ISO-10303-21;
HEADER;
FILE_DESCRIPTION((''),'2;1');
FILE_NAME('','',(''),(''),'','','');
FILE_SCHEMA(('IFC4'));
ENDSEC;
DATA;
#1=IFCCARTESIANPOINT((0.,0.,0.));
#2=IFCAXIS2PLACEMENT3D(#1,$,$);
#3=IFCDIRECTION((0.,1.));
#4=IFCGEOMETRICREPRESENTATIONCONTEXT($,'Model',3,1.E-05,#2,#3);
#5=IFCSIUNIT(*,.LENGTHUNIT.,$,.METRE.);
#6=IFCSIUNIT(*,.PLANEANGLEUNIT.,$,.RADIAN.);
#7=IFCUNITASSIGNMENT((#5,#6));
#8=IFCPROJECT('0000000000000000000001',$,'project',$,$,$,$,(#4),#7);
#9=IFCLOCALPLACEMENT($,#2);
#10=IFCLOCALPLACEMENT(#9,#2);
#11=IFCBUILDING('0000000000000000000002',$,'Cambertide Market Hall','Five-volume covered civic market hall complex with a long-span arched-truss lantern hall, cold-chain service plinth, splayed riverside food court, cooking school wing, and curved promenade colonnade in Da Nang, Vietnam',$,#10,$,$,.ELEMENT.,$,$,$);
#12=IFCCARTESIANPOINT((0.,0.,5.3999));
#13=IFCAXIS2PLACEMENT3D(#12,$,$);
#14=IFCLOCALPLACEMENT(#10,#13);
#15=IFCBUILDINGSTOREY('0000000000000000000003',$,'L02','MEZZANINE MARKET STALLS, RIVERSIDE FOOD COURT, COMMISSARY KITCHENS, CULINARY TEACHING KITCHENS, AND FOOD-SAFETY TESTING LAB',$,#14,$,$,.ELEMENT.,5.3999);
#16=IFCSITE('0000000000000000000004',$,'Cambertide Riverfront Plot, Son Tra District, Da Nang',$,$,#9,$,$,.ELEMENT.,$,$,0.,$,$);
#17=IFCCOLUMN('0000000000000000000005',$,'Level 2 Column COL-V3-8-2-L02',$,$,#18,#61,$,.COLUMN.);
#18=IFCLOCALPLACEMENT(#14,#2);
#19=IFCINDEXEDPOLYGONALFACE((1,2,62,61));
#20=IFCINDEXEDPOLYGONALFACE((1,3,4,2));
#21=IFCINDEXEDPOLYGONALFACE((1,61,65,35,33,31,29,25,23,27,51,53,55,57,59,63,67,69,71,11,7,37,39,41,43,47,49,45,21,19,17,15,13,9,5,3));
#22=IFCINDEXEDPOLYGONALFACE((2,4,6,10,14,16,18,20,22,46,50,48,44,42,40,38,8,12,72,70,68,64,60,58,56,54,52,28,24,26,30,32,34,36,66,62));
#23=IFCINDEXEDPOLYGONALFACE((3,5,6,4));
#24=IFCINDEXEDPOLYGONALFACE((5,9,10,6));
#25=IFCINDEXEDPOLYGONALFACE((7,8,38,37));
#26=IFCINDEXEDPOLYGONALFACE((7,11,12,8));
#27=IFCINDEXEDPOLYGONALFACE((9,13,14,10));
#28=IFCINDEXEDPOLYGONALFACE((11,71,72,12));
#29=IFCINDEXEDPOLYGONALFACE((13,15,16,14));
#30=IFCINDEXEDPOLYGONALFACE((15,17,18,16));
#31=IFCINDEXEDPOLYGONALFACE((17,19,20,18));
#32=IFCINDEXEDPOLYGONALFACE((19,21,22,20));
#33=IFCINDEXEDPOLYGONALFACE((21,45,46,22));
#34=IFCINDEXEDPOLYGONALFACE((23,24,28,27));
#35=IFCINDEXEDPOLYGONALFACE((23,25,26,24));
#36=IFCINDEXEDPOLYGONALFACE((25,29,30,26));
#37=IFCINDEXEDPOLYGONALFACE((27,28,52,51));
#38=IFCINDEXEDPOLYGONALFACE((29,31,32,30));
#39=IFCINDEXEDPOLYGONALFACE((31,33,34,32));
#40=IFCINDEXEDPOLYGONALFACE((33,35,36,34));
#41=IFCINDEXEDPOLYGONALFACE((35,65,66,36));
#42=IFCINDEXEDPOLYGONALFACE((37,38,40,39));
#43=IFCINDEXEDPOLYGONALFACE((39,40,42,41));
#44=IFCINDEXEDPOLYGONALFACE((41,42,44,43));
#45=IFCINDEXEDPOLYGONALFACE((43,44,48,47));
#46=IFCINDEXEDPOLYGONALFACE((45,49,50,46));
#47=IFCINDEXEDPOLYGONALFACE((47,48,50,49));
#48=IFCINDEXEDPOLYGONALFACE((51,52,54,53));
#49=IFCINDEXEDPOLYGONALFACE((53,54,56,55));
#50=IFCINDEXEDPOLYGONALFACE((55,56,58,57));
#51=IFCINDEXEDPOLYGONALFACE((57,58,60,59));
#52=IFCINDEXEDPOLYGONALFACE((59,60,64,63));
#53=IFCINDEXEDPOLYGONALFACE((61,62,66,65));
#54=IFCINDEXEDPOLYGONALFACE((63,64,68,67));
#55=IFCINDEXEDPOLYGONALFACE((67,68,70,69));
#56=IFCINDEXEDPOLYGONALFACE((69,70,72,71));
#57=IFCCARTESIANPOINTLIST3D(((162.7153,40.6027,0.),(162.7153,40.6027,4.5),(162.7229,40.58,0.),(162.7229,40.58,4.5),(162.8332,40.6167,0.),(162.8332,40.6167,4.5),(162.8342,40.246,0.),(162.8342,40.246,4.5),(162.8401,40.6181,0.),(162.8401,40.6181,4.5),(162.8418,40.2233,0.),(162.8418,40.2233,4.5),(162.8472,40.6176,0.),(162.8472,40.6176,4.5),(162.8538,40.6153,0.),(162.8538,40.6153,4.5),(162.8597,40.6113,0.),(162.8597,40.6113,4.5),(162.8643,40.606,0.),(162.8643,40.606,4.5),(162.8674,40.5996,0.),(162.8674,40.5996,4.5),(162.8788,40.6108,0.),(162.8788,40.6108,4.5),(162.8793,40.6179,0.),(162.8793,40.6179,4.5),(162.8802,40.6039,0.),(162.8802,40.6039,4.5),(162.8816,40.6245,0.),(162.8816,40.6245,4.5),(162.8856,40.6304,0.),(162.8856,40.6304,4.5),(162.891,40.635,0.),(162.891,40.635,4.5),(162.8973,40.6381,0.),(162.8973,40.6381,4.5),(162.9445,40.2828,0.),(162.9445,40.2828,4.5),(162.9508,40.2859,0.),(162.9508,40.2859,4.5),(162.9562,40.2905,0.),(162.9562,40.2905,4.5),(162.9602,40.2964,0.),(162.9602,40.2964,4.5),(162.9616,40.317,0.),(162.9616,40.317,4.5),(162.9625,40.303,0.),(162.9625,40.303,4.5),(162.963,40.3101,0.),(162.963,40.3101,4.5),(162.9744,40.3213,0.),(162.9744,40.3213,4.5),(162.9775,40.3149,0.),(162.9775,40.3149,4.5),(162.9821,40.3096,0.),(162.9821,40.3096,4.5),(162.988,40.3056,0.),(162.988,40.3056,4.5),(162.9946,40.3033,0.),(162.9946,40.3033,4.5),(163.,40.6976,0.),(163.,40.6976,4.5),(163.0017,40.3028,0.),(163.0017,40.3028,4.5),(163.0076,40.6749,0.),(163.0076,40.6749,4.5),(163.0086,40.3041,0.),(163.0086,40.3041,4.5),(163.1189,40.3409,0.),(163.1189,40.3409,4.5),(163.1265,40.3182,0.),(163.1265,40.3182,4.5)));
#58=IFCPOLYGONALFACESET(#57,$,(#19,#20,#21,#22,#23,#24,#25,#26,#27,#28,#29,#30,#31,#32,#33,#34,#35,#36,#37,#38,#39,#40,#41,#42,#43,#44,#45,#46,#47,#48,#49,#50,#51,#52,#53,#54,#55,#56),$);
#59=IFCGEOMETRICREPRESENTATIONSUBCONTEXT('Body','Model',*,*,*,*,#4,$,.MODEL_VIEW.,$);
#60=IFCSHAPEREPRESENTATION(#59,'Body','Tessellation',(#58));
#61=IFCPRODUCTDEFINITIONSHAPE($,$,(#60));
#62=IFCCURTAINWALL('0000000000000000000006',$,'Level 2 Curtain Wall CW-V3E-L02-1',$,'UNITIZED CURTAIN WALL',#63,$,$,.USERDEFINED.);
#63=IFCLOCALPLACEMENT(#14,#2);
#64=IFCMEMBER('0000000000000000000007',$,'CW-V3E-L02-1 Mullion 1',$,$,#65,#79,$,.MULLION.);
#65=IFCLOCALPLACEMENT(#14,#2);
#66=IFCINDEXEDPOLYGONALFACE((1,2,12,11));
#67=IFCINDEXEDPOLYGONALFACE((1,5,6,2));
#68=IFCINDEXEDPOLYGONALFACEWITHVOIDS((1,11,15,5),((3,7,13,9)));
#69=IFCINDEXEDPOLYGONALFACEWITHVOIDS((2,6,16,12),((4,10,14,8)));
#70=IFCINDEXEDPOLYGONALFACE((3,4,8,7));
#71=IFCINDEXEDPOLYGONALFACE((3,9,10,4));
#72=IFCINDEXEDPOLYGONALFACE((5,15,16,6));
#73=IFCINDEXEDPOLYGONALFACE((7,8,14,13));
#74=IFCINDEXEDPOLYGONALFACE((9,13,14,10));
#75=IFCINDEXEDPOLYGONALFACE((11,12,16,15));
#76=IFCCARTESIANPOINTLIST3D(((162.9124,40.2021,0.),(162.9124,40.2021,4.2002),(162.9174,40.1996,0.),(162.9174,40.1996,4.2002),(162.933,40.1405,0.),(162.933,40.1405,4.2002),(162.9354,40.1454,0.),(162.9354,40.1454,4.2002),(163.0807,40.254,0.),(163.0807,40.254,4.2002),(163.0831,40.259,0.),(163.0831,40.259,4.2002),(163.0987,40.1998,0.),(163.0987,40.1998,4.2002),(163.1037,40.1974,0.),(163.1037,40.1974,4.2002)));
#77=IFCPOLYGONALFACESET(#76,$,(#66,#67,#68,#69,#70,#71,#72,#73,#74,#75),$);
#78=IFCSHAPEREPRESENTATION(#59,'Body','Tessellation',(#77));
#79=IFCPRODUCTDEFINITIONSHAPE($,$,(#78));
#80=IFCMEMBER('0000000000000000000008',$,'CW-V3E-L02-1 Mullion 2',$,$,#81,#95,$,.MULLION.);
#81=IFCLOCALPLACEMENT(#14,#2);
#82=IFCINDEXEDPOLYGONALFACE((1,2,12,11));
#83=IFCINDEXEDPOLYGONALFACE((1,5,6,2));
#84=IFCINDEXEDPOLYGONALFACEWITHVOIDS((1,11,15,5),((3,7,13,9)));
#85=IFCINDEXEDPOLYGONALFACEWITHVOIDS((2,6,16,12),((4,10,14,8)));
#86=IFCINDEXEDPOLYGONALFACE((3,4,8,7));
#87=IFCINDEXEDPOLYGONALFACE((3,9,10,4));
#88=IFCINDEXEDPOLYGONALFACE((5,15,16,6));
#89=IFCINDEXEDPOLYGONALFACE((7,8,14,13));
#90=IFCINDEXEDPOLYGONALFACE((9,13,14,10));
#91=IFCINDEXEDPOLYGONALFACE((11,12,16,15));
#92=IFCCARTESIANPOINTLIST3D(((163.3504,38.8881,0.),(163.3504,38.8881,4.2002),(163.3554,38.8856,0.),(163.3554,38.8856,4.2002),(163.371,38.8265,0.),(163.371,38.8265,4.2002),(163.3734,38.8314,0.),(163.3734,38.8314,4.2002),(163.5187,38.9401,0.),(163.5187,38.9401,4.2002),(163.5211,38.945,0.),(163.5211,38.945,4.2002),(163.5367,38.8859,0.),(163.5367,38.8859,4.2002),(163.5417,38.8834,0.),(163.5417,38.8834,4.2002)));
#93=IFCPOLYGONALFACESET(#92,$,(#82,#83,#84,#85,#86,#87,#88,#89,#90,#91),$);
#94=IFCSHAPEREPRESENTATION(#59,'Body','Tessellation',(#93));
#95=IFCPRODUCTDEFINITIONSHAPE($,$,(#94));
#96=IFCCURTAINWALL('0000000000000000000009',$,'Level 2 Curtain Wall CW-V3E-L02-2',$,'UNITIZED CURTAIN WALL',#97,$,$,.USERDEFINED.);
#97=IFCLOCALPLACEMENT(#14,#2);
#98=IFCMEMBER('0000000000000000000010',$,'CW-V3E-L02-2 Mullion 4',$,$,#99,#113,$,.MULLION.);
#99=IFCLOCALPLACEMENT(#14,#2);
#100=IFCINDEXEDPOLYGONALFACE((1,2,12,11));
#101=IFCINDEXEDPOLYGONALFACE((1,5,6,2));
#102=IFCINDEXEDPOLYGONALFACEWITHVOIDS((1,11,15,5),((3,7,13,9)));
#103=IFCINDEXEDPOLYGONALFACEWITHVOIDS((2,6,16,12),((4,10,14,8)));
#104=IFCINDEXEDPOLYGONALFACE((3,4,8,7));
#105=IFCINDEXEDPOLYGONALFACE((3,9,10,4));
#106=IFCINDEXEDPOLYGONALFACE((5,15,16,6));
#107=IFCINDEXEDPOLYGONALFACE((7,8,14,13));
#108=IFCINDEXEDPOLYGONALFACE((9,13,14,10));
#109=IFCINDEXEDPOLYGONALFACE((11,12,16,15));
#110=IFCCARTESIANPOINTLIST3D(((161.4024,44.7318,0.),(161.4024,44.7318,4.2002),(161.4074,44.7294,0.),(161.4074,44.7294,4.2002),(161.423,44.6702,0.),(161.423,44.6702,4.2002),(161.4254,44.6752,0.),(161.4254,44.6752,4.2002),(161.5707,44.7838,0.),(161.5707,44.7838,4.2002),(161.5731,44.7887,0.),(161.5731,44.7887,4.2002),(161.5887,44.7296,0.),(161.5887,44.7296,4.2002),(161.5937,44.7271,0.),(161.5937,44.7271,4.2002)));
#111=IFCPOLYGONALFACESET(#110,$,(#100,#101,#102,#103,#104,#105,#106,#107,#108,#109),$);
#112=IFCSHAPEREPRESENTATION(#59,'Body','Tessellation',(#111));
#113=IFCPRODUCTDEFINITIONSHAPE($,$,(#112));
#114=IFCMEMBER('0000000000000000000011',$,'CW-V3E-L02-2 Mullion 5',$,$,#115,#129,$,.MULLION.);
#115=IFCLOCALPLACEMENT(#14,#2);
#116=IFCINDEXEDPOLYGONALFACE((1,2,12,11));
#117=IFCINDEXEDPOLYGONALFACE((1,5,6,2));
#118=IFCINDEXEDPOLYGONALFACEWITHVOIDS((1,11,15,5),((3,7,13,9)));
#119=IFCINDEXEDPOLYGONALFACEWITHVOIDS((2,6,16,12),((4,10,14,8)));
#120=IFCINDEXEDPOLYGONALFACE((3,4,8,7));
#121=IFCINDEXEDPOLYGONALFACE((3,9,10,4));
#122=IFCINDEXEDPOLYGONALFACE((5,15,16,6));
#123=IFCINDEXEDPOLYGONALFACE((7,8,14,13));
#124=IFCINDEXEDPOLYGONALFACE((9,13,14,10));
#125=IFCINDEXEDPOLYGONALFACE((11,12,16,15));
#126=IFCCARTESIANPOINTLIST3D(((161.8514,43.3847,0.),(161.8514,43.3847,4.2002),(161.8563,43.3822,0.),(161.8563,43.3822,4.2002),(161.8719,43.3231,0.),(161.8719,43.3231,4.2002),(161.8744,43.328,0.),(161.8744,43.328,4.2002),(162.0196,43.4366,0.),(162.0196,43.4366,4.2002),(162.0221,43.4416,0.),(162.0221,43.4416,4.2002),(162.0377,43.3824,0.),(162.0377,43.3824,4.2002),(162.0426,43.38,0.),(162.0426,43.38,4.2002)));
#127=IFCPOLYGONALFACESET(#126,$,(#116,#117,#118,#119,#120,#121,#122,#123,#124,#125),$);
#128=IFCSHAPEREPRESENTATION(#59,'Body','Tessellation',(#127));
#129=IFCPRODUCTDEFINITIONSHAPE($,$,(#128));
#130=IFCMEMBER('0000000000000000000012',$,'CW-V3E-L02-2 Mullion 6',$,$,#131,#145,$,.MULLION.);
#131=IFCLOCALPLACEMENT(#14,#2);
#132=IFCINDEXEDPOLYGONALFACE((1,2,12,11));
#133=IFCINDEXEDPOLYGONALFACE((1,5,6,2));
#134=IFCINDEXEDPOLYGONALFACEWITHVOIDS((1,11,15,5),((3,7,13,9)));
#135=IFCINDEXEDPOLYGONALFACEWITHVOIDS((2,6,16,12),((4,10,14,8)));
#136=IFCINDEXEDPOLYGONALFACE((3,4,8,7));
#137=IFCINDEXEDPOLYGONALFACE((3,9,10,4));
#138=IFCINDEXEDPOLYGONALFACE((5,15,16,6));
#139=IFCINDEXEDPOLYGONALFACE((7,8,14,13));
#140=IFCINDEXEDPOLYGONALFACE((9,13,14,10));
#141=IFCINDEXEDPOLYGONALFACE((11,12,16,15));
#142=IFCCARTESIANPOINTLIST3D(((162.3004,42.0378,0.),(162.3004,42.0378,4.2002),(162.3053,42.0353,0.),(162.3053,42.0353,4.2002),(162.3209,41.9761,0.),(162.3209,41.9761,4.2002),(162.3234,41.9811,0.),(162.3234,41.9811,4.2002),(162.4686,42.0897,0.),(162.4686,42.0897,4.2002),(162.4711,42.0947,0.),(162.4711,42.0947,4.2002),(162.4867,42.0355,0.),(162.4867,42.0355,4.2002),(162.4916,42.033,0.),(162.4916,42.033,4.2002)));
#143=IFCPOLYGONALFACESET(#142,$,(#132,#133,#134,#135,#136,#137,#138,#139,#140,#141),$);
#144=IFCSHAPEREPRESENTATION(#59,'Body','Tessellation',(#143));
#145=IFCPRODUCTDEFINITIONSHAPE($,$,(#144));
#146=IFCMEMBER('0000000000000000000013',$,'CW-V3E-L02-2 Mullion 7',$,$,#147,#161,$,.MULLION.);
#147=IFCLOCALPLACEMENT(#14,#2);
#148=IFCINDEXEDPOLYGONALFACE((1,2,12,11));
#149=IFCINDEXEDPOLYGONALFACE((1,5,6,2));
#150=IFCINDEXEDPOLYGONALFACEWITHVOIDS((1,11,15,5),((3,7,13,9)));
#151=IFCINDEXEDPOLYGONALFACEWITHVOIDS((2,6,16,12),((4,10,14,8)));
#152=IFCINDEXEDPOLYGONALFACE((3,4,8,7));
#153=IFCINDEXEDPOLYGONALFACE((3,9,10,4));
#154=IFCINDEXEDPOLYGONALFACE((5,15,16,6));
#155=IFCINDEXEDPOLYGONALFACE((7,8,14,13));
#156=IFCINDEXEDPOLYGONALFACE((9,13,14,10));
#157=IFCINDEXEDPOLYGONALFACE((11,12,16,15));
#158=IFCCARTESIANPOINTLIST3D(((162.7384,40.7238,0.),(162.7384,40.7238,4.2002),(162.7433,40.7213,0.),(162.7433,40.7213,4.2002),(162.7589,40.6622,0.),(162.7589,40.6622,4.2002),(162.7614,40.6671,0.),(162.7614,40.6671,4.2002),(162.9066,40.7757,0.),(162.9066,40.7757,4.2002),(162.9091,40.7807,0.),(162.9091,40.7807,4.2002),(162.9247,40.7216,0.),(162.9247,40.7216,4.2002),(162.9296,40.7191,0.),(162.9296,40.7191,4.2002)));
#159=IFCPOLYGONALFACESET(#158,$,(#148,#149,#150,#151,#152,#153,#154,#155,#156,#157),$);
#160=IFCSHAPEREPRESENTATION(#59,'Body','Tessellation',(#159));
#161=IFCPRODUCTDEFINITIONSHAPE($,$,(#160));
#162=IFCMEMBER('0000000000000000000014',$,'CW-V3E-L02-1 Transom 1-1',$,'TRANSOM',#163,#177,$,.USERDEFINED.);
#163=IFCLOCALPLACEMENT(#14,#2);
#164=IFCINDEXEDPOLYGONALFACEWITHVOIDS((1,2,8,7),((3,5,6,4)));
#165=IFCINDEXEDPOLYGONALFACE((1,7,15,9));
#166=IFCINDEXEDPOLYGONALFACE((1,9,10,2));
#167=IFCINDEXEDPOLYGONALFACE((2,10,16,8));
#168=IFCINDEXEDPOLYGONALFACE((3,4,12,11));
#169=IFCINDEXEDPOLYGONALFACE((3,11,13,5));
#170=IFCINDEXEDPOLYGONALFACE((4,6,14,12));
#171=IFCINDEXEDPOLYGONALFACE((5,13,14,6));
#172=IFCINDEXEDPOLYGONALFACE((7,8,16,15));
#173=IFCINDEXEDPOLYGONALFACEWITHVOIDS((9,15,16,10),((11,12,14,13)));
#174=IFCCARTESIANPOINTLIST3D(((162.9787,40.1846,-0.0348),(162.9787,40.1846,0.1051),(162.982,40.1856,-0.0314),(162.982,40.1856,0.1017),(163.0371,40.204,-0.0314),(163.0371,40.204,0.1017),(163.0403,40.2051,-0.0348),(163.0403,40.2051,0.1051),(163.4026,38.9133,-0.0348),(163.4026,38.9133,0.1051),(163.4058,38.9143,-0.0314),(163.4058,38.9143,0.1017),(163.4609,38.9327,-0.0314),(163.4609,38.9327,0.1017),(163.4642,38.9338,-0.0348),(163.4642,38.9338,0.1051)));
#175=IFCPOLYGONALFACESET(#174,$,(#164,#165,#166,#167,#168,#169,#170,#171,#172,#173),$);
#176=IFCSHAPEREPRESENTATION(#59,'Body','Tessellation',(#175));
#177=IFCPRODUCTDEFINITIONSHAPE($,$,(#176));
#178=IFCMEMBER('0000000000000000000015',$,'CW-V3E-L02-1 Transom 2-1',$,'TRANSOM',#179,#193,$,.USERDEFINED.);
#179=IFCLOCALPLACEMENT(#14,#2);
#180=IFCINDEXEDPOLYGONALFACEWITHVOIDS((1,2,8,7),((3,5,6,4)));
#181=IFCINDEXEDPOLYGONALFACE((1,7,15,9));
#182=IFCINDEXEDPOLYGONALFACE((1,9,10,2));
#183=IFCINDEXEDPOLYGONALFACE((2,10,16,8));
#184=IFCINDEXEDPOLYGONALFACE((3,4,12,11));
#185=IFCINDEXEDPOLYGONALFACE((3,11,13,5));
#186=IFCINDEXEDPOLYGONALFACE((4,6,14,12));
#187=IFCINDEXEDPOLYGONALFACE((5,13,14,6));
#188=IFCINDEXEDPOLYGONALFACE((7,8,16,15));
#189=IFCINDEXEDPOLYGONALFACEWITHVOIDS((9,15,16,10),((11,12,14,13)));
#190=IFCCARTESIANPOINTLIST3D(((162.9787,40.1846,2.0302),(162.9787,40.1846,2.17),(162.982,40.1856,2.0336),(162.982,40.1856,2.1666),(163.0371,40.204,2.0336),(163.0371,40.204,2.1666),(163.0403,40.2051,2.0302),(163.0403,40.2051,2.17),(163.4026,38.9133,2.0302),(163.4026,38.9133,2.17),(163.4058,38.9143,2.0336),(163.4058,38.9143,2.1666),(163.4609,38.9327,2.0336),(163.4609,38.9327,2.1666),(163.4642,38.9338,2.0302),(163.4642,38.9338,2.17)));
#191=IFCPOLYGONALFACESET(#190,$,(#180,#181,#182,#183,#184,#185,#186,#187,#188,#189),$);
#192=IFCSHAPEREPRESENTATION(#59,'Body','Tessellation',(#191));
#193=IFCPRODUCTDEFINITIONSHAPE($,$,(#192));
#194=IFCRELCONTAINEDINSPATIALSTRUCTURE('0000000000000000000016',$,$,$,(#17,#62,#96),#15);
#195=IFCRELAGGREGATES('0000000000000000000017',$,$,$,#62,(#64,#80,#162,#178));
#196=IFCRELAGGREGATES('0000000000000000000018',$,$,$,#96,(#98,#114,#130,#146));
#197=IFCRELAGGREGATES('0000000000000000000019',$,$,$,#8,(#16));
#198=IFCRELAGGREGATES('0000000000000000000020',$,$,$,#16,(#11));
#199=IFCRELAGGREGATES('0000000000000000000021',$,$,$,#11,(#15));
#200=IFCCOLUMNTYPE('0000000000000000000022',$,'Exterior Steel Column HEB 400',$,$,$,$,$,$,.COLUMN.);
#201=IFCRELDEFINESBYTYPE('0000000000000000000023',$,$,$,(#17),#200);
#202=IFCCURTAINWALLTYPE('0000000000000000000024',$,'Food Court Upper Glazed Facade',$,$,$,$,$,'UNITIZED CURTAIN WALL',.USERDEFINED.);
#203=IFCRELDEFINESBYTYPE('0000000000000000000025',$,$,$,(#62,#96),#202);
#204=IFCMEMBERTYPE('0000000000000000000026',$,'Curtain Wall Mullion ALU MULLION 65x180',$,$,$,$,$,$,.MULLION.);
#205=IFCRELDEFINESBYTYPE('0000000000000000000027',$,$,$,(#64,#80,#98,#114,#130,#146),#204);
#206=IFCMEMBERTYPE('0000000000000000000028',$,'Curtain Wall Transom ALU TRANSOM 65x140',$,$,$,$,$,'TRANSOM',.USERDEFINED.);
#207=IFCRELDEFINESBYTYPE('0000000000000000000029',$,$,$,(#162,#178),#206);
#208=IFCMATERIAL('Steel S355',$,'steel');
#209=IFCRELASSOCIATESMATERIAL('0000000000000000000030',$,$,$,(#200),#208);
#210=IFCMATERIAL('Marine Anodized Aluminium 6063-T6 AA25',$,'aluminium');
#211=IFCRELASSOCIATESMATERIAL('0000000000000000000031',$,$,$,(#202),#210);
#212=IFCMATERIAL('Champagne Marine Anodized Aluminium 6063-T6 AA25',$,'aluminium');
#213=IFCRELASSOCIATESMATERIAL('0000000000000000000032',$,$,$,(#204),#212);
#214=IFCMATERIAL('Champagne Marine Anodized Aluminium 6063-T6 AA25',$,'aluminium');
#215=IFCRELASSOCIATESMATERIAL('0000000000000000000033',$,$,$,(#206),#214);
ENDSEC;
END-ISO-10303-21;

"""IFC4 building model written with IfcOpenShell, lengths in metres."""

from ifc_helpers import new_model, si_unit, direction, frame, origin, origin_2d, place, context, subcontext, project, spatial, hollow_rectangle, i_section, extrude, material, material_profile, profile_set, type_object, element, aggregate, save


model = new_model("IFC4")

# Units and contexts
model_context = context("Model", 3, precision=1e-05, world=origin(), true_north=direction((0.0, 1.0)))
body_context = subcontext(model_context, "Body", "Model", "MODEL_VIEW")
ifc_project = project(units=[si_unit("LENGTHUNIT", "METRE"), si_unit("PLANEANGLEUNIT", "RADIAN")], contexts=[model_context])

# Site, building, storey
site_placement = place(None, origin())
site = spatial("IfcSite", under=ifc_project, at=site_placement, Name="Cambertide Riverfront Plot, Son Tra District, Da Nang", CompositionType="ELEMENT", RefElevation=0.0)
building_placement = place(site_placement, origin())
building = spatial("IfcBuilding", under=site, at=building_placement, Name="Cambertide Market Hall", Description="Five-volume covered civic market hall complex with a long-span arched-truss lantern hall, cold-chain service plinth, splayed riverside food court, cooking school wing, and curved promenade colonnade in Da Nang, Vietnam", CompositionType="ELEMENT")
storey_placement = place(building_placement, frame((0.0, 0.0, 5.3999)))
storey = spatial("IfcBuildingStorey", under=building, at=storey_placement, Name="L02", Description="MEZZANINE MARKET STALLS, RIVERSIDE FOOD COURT, COMMISSARY KITCHENS, CULINARY TEACHING KITCHENS, AND FOOD-SAFETY TESTING LAB", CompositionType="ELEMENT", Elevation=5.3999)

# Column
ifc_material_1 = material(Name="Steel S355", Category="steel")
ifc_material_profile_1 = material_profile(ifc_material_1, i_section(OverallWidth=0.3, OverallDepth=0.3999, WebThickness=0.0134, FlangeThickness=0.0239, FilletRadius=0.0271, at=origin_2d()), Name="HEB 400")
ifc_profile_set_1 = profile_set([ifc_material_profile_1], Name="Steel S355")
column_type = type_object("IfcColumnType", Name="Exterior Steel Column HEB 400", PredefinedType="COLUMN", material=ifc_profile_set_1)
column_placement = place(storey_placement, frame((162.9209, 40.4604, 0.0), z_axis=(0.0, 0.0, 1.0), x_axis=(0.948683, 0.316228, 0.0)))
element("IfcColumn", 1, at=column_placement, inside=storey, type_object=column_type, Name="Level 2 Column COL-V3-8-2-L02", PredefinedType="COLUMN", context=body_context, shape_type="SweptSolid", body=[
    extrude(i_section(OverallWidth=0.3, OverallDepth=0.3999, WebThickness=0.0134, FlangeThickness=0.0239, FilletRadius=0.0271, at=origin_2d()), origin(), (0.0, 0.0, 1.0), 4.5),
])

# Curtain walls, members
ifc_material_2 = material(Name="Marine Anodized Aluminium 6063-T6 AA25", Category="aluminium")
curtain_wall_type = type_object("IfcCurtainWallType", Name="Food Court Upper Glazed Facade", ElementType="UNITIZED CURTAIN WALL", PredefinedType="USERDEFINED", material=ifc_material_2)
curtain_wall_1_placement = place(storey_placement, origin())
curtain_wall_1 = element("IfcCurtainWall", 2, at=curtain_wall_1_placement, inside=storey, type_object=curtain_wall_type, Name="Level 2 Curtain Wall CW-V3E-L02-1", ObjectType="UNITIZED CURTAIN WALL", PredefinedType="USERDEFINED")
ifc_material_3 = material(Name="Champagne Marine Anodized Aluminium 6063-T6 AA25", Category="aluminium")
ifc_material_profile_2 = material_profile(ifc_material_3, hollow_rectangle(XDim=0.0649, YDim=0.1799, WallThickness=0.0039, at=origin_2d()), Name="ALU MULLION 65x180")
ifc_profile_set_2 = profile_set([ifc_material_profile_2], Name="Champagne Marine Anodized Aluminium 6063-T6 AA25")
member_type_1 = type_object("IfcMemberType", Name="Curtain Wall Mullion ALU MULLION 65x180", PredefinedType="MULLION", material=ifc_profile_set_2)
member_1_placement = place(storey_placement, frame((163.0081, 40.1997, 0.0), z_axis=(0.0, 0.0, 1.0), x_axis=(0.316228, -0.948683, 0.0)))
member_1 = element("IfcMember", 3, at=member_1_placement, type_object=member_type_1, Name="CW-V3E-L02-1 Mullion 1", PredefinedType="MULLION", context=body_context, shape_type="SweptSolid", body=[
    extrude(hollow_rectangle(XDim=0.0649, YDim=0.1799, WallThickness=0.0039, at=origin_2d()), origin(), (0.0, 0.0, 1.0), 4.2002),
])
member_2_placement = place(storey_placement, frame((163.446, 38.8857, 0.0), z_axis=(0.0, 0.0, 1.0), x_axis=(0.316228, -0.948683, 0.0)))
member_2 = element("IfcMember", 4, at=member_2_placement, type_object=member_type_1, Name="CW-V3E-L02-1 Mullion 2", PredefinedType="MULLION", context=body_context, shape_type="SweptSolid", body=[
    extrude(hollow_rectangle(XDim=0.0649, YDim=0.1799, WallThickness=0.0039, at=origin_2d()), origin(), (0.0, 0.0, 1.0), 4.2002),
])
curtain_wall_2_placement = place(storey_placement, origin())
curtain_wall_2 = element("IfcCurtainWall", 5, at=curtain_wall_2_placement, inside=storey, type_object=curtain_wall_type, Name="Level 2 Curtain Wall CW-V3E-L02-2", ObjectType="UNITIZED CURTAIN WALL", PredefinedType="USERDEFINED")
member_3_placement = place(storey_placement, frame((161.498, 44.7295, 0.0), z_axis=(0.0, 0.0, 1.0), x_axis=(0.316228, -0.948683, 0.0)))
member_3 = element("IfcMember", 6, at=member_3_placement, type_object=member_type_1, Name="CW-V3E-L02-2 Mullion 4", PredefinedType="MULLION", context=body_context, shape_type="SweptSolid", body=[
    extrude(hollow_rectangle(XDim=0.0649, YDim=0.1799, WallThickness=0.0039, at=origin_2d()), origin(), (0.0, 0.0, 1.0), 4.2002),
])
member_4_placement = place(storey_placement, frame((161.947, 43.3823, 0.0), z_axis=(0.0, 0.0, 1.0), x_axis=(0.316228, -0.948683, 0.0)))
member_4 = element("IfcMember", 7, at=member_4_placement, type_object=member_type_1, Name="CW-V3E-L02-2 Mullion 5", PredefinedType="MULLION", context=body_context, shape_type="SweptSolid", body=[
    extrude(hollow_rectangle(XDim=0.0649, YDim=0.1799, WallThickness=0.0039, at=origin_2d()), origin(), (0.0, 0.0, 1.0), 4.2002),
])
member_5_placement = place(storey_placement, frame((162.396, 42.0354, 0.0), z_axis=(0.0, 0.0, 1.0), x_axis=(0.316228, -0.948683, 0.0)))
member_5 = element("IfcMember", 8, at=member_5_placement, type_object=member_type_1, Name="CW-V3E-L02-2 Mullion 6", PredefinedType="MULLION", context=body_context, shape_type="SweptSolid", body=[
    extrude(hollow_rectangle(XDim=0.0649, YDim=0.1799, WallThickness=0.0039, at=origin_2d()), origin(), (0.0, 0.0, 1.0), 4.2002),
])
member_6_placement = place(storey_placement, frame((162.834, 40.7214, 0.0), z_axis=(0.0, 0.0, 1.0), x_axis=(0.316228, -0.948683, 0.0)))
member_6 = element("IfcMember", 9, at=member_6_placement, type_object=member_type_1, Name="CW-V3E-L02-2 Mullion 7", PredefinedType="MULLION", context=body_context, shape_type="SweptSolid", body=[
    extrude(hollow_rectangle(XDim=0.0649, YDim=0.1799, WallThickness=0.0039, at=origin_2d()), origin(), (0.0, 0.0, 1.0), 4.2002),
])

# Members
ifc_material_4 = material(Name="Champagne Marine Anodized Aluminium 6063-T6 AA25", Category="aluminium")
ifc_material_profile_3 = material_profile(ifc_material_4, hollow_rectangle(XDim=0.0649, YDim=0.1399, WallThickness=0.0034, at=origin_2d()), Name="ALU TRANSOM 65x140")
ifc_profile_set_3 = profile_set([ifc_material_profile_3], Name="Champagne Marine Anodized Aluminium 6063-T6 AA25")
member_type_2 = type_object("IfcMemberType", Name="Curtain Wall Transom ALU TRANSOM 65x140", ElementType="TRANSOM", PredefinedType="USERDEFINED", material=ifc_profile_set_3)
member_7_placement = place(storey_placement, frame((163.0095, 40.1948, 0.0352), z_axis=(0.316282, -0.948665, 0.0), x_axis=(0.948665, 0.316282, 0.0)))
member_7 = element("IfcMember", 10, at=member_7_placement, type_object=member_type_2, Name="CW-V3E-L02-1 Transom 1-1", ObjectType="TRANSOM", PredefinedType="USERDEFINED", context=body_context, shape_type="SweptSolid", body=[
    extrude(hollow_rectangle(XDim=0.0649, YDim=0.1399, WallThickness=0.0034, at=origin_2d()), origin(), (0.0, 0.0, 1.0), 1.3401),
])
member_8_placement = place(storey_placement, frame((163.0095, 40.1948, 2.1001), z_axis=(0.316282, -0.948665, 0.0), x_axis=(0.948665, 0.316282, 0.0)))
member_8 = element("IfcMember", 11, at=member_8_placement, type_object=member_type_2, Name="CW-V3E-L02-1 Transom 2-1", ObjectType="TRANSOM", PredefinedType="USERDEFINED", context=body_context, shape_type="SweptSolid", body=[
    extrude(hollow_rectangle(XDim=0.0649, YDim=0.1399, WallThickness=0.0034, at=origin_2d()), origin(), (0.0, 0.0, 1.0), 1.3401),
])

aggregate(curtain_wall_1, [member_1, member_2, member_7, member_8])
aggregate(curtain_wall_2, [member_3, member_4, member_5, member_6])

save(model, "model.ifc")
